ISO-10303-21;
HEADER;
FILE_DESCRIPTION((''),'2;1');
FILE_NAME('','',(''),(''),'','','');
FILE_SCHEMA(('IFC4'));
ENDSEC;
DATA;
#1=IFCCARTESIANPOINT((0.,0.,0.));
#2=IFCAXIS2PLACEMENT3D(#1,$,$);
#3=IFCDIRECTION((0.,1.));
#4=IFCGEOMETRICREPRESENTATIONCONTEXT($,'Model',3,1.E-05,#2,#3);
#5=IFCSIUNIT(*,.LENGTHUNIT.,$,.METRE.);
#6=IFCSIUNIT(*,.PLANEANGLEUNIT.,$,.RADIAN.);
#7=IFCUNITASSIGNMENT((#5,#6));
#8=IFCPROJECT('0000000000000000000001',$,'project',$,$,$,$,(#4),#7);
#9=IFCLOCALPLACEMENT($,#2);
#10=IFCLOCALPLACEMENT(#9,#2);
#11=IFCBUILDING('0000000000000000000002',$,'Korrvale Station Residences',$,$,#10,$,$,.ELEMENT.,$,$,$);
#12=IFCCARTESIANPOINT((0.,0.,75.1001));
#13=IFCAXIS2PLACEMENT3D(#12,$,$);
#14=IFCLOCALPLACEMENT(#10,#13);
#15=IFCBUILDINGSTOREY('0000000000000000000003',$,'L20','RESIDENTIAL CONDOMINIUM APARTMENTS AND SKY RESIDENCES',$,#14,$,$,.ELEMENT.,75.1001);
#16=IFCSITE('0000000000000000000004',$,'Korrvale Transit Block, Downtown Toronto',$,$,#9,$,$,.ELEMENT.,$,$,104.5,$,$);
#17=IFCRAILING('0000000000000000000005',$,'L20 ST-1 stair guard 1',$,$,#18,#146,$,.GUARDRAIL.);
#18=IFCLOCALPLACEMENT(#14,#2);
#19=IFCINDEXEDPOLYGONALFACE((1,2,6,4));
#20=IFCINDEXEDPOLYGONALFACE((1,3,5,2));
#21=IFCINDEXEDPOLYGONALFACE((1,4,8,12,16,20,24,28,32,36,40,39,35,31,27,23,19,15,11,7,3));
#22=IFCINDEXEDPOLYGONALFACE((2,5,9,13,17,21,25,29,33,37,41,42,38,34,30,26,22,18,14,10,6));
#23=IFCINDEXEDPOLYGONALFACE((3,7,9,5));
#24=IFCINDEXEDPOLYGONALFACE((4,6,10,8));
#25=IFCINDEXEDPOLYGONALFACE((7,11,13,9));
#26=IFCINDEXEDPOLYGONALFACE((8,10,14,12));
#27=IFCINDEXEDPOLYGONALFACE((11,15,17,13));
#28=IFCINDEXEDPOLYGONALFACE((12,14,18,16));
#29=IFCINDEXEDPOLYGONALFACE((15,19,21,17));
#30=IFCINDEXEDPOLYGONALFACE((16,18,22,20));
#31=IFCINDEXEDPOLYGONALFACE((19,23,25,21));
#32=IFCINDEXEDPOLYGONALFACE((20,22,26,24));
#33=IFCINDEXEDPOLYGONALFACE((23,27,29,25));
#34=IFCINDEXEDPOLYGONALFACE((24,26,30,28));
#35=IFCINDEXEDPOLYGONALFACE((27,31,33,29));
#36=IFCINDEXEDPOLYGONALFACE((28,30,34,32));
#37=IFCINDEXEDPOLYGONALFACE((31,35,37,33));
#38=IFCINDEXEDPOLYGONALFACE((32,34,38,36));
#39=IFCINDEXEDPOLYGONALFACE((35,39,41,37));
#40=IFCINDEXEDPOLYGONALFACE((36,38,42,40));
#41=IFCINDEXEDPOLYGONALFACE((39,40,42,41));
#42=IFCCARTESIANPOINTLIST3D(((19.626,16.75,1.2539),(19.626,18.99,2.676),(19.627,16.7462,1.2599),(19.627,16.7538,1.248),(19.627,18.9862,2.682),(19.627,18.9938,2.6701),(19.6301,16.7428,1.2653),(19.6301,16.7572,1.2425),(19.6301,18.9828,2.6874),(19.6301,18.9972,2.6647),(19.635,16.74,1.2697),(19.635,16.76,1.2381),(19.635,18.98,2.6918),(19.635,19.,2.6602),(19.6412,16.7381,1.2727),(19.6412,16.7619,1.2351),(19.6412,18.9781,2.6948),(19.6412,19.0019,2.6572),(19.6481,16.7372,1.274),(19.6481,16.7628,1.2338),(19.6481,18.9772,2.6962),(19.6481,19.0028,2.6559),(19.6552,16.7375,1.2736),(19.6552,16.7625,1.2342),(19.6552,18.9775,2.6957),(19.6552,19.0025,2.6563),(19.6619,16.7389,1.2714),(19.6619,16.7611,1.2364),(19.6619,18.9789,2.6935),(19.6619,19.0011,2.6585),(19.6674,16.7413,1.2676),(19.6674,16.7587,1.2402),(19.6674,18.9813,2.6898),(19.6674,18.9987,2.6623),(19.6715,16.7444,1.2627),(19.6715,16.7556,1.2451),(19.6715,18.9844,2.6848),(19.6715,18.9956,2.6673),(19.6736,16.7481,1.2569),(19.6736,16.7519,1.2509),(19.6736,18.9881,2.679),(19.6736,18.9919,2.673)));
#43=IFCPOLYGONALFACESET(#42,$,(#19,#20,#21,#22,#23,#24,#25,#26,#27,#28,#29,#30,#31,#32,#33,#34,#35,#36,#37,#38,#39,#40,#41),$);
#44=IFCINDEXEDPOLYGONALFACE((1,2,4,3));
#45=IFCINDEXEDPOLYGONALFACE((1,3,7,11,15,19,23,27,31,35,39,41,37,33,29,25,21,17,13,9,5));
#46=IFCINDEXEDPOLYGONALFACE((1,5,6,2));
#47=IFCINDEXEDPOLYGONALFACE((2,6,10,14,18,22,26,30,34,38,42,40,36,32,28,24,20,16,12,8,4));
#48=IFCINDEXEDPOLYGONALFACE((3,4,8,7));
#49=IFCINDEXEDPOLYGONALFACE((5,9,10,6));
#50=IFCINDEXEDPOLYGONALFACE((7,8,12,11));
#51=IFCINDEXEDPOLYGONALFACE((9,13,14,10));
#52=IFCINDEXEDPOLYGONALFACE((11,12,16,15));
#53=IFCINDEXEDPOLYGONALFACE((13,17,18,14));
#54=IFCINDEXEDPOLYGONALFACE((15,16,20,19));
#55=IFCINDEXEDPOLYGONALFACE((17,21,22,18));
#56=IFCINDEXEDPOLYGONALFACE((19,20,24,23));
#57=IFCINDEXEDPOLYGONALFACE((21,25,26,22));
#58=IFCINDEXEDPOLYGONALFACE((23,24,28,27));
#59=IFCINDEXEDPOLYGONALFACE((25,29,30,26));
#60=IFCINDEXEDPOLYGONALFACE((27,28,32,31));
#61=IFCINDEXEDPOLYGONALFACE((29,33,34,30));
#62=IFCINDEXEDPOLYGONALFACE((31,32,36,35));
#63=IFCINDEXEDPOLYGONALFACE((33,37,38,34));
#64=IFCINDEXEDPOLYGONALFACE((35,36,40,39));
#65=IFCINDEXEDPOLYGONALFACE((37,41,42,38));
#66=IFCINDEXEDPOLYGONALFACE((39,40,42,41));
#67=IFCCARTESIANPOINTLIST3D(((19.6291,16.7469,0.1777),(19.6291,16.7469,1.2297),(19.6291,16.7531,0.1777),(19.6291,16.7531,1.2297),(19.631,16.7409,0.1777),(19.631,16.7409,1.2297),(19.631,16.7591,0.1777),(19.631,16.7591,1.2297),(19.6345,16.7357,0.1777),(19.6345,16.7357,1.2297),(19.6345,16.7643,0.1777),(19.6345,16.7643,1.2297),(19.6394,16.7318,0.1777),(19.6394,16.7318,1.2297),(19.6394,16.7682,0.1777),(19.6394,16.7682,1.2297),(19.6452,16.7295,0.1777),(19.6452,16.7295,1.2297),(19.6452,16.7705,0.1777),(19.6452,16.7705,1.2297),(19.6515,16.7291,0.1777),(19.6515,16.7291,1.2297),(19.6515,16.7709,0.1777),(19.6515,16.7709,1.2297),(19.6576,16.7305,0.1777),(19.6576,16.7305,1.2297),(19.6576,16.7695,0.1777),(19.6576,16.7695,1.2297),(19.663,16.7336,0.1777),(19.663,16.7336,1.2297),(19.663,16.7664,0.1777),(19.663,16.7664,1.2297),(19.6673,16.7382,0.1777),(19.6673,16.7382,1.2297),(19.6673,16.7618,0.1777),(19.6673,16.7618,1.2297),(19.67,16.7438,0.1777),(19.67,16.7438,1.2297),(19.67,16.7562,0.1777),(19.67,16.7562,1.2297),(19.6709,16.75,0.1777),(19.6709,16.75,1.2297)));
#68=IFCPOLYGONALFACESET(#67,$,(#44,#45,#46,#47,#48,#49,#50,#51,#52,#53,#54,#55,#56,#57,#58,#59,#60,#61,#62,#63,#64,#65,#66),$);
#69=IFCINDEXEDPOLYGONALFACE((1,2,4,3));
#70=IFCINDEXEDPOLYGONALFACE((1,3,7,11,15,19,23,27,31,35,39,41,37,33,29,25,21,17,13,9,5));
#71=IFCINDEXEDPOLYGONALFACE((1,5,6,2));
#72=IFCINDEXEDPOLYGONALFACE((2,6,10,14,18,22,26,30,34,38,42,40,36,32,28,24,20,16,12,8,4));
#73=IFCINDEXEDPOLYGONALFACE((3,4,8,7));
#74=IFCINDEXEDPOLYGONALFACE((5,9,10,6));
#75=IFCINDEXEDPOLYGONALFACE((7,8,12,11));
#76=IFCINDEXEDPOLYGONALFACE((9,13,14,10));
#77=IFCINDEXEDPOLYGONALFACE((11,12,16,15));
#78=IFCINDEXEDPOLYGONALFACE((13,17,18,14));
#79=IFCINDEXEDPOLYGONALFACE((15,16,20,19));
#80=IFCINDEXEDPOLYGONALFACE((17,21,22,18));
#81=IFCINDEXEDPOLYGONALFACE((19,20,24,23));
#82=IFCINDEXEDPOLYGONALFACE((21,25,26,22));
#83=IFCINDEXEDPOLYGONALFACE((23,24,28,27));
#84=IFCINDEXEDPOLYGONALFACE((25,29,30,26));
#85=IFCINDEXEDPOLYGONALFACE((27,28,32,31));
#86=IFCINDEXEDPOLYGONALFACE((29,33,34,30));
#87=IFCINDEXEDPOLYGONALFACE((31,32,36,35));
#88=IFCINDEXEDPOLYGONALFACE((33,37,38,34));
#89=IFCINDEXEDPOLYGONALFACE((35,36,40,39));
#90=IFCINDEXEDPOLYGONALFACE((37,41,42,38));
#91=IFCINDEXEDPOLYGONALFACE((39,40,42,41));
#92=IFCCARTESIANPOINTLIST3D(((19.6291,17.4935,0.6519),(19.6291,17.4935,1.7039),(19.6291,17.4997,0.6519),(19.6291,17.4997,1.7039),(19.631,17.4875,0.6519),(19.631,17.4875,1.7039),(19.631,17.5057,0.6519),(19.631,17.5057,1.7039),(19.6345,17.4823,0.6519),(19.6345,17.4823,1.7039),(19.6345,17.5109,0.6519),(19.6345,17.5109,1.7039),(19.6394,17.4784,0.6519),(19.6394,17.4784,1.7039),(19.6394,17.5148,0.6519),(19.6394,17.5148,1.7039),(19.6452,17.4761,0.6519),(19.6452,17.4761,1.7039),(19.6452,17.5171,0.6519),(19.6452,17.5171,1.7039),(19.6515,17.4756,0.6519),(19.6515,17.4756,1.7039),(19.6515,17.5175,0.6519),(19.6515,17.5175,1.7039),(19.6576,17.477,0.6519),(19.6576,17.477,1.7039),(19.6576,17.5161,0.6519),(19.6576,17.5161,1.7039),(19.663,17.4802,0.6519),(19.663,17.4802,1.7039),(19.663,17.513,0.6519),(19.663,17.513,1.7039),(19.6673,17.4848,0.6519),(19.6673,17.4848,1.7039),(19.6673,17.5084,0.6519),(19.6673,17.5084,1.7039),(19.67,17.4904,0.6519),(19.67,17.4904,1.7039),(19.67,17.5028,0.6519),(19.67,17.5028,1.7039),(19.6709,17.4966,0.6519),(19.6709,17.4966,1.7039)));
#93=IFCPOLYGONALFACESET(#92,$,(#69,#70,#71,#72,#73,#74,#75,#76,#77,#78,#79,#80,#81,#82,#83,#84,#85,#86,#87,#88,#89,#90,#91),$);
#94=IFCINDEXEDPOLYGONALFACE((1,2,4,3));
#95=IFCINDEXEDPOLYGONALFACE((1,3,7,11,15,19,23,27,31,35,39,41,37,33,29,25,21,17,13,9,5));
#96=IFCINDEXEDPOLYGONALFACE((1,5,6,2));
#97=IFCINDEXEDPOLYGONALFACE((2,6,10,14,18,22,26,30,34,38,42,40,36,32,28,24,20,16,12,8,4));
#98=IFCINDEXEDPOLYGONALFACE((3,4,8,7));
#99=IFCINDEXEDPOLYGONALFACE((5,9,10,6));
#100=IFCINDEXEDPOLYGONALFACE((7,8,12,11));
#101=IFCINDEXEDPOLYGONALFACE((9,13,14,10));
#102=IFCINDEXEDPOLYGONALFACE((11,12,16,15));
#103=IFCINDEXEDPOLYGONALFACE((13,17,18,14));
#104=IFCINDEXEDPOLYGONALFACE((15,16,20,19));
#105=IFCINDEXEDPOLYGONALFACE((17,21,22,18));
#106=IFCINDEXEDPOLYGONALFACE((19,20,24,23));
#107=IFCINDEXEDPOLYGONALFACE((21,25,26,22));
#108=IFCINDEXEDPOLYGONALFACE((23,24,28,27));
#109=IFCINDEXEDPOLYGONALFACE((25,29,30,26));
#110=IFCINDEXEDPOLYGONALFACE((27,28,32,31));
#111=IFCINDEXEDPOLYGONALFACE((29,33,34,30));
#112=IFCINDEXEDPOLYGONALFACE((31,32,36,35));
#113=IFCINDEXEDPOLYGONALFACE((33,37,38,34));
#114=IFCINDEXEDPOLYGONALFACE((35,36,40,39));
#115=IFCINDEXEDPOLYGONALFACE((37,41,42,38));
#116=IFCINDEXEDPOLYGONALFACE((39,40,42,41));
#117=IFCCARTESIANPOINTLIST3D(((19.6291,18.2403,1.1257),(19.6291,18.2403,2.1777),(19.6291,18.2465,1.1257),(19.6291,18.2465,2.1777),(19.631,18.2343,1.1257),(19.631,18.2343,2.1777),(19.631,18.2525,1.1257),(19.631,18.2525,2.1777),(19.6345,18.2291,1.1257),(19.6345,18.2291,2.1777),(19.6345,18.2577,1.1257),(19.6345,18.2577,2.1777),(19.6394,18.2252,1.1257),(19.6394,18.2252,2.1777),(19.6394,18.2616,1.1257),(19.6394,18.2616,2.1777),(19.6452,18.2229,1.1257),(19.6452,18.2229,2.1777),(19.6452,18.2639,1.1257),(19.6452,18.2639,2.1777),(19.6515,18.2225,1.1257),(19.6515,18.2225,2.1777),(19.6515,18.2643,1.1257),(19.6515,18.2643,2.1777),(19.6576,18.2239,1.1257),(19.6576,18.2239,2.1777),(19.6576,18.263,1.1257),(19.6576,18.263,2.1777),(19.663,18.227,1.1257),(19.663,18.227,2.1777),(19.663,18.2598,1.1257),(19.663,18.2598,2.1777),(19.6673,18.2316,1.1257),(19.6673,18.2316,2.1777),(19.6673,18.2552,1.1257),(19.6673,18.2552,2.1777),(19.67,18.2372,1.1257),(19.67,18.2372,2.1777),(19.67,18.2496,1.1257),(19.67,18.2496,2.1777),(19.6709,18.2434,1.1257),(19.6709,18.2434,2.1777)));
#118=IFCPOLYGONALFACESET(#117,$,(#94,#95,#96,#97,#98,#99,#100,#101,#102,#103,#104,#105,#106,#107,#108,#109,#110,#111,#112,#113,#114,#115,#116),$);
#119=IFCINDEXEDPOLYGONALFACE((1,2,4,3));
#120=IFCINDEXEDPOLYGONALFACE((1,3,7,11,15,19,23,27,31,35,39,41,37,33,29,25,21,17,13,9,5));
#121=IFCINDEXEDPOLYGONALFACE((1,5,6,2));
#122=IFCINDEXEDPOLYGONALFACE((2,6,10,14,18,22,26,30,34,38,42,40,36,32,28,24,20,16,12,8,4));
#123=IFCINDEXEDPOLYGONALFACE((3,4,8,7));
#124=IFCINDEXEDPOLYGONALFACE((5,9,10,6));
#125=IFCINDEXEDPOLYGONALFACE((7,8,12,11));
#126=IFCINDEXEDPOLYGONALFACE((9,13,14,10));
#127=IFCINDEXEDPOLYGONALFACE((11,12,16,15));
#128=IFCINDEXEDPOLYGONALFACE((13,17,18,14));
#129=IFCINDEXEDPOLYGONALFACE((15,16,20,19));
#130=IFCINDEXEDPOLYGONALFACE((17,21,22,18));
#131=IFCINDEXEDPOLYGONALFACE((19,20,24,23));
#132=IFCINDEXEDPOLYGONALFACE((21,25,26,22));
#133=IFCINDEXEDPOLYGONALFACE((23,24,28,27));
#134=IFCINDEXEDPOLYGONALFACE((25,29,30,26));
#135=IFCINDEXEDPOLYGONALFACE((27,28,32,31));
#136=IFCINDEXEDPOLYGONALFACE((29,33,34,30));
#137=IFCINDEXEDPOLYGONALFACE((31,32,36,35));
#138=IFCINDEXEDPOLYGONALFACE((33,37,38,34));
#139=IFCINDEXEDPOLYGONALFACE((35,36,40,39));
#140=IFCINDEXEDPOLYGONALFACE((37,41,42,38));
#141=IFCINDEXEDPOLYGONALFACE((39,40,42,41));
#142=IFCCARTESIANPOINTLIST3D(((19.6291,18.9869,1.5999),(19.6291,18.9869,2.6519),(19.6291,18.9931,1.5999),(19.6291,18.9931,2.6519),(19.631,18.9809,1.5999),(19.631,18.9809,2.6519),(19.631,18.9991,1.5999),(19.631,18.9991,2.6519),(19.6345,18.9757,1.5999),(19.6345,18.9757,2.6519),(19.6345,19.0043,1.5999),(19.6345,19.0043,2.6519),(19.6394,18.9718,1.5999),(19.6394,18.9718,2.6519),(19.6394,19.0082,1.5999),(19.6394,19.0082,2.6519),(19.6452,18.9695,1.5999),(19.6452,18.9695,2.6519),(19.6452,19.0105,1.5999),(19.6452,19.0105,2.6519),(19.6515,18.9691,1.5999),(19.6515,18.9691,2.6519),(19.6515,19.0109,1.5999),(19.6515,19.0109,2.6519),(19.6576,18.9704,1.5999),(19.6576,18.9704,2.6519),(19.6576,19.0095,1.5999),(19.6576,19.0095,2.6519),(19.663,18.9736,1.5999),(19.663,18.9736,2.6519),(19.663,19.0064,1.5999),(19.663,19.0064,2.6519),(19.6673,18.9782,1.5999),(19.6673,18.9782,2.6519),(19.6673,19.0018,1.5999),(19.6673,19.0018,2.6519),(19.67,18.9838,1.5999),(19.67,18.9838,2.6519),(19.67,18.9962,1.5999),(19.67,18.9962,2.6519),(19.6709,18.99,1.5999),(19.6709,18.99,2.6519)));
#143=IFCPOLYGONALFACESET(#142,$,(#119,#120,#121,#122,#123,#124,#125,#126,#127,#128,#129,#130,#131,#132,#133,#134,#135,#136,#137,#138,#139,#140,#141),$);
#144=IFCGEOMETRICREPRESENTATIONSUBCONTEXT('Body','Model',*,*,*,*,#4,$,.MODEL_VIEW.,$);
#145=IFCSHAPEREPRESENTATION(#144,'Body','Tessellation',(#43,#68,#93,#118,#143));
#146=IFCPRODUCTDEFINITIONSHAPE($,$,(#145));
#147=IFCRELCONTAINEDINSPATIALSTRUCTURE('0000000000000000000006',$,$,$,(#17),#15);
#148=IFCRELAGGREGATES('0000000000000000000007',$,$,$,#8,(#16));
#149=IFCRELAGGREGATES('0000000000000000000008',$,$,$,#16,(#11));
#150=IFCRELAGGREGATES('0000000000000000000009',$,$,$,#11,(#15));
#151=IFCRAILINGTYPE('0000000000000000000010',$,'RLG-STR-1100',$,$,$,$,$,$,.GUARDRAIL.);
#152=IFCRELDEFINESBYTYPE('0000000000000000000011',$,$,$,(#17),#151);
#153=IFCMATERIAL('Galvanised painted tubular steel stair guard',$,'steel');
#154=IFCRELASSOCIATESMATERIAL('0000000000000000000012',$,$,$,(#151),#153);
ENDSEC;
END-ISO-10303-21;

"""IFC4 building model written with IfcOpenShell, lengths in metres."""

from ifc_helpers import new_model, si_unit, direction, frame, origin, origin_2d, place, context, subcontext, project, spatial, circle, extrude, material, type_object, element, save


model = new_model("IFC4")

# Units and contexts
model_context = context("Model", 3, precision=1e-05, world=origin(), true_north=direction((0.0, 1.0)))
body_context = subcontext(model_context, "Body", "Model", "MODEL_VIEW")
ifc_project = project(units=[si_unit("LENGTHUNIT", "METRE"), si_unit("PLANEANGLEUNIT", "RADIAN")], contexts=[model_context])

# Site, building, storey
site_placement = place(None, origin())
site = spatial("IfcSite", under=ifc_project, at=site_placement, Name="Korrvale Transit Block, Downtown Toronto", CompositionType="ELEMENT", RefElevation=104.5)
building_placement = place(site_placement, origin())
building = spatial("IfcBuilding", under=site, at=building_placement, Name="Korrvale Station Residences", CompositionType="ELEMENT")
storey_placement = place(building_placement, frame((0.0, 0.0, 75.1001)))
storey = spatial("IfcBuildingStorey", under=building, at=storey_placement, Name="L20", Description="RESIDENTIAL CONDOMINIUM APARTMENTS AND SKY RESIDENCES", CompositionType="ELEMENT", Elevation=75.1001)

# Railing
ifc_material_1 = material(Name="Galvanised painted tubular steel stair guard", Category="steel")
railing_type_1 = type_object("IfcRailingType", Name="RLG-STR-1100", PredefinedType="GUARDRAIL", material=ifc_material_1)
railing_1_placement = place(storey_placement, frame((19.6499, 16.75, 0.1777)))
element("IfcRailing", 1, at=railing_1_placement, inside=storey, type_object=railing_type_1, Name="L20 ST-1 stair guard 1", PredefinedType="GUARDRAIL", context=body_context, shape_type="SweptSolid", body=[
    extrude(circle(Radius=0.0239, at=origin_2d()), frame((0.0, 0.0, 1.0762), z_axis=(0.0, 0.844229, 0.535982), x_axis=(-1.0, 0.0, 0.0)), (0.0, 0.0, 1.0), 2.6533),
    extrude(circle(Radius=0.021, at=origin_2d()), origin(), (0.0, 0.0, 1.0), 1.052),
    extrude(circle(Radius=0.021, at=origin_2d()), frame((0.0, 0.7466, 0.4741)), (0.0, 0.0, 1.0), 1.052),
    extrude(circle(Radius=0.021, at=origin_2d()), frame((0.0, 1.4934, 0.948)), (0.0, 0.0, 1.0), 1.052),
    extrude(circle(Radius=0.021, at=origin_2d()), frame((0.0, 2.24, 1.4221)), (0.0, 0.0, 1.0), 1.052),
])

save(model, "model.ifc")
